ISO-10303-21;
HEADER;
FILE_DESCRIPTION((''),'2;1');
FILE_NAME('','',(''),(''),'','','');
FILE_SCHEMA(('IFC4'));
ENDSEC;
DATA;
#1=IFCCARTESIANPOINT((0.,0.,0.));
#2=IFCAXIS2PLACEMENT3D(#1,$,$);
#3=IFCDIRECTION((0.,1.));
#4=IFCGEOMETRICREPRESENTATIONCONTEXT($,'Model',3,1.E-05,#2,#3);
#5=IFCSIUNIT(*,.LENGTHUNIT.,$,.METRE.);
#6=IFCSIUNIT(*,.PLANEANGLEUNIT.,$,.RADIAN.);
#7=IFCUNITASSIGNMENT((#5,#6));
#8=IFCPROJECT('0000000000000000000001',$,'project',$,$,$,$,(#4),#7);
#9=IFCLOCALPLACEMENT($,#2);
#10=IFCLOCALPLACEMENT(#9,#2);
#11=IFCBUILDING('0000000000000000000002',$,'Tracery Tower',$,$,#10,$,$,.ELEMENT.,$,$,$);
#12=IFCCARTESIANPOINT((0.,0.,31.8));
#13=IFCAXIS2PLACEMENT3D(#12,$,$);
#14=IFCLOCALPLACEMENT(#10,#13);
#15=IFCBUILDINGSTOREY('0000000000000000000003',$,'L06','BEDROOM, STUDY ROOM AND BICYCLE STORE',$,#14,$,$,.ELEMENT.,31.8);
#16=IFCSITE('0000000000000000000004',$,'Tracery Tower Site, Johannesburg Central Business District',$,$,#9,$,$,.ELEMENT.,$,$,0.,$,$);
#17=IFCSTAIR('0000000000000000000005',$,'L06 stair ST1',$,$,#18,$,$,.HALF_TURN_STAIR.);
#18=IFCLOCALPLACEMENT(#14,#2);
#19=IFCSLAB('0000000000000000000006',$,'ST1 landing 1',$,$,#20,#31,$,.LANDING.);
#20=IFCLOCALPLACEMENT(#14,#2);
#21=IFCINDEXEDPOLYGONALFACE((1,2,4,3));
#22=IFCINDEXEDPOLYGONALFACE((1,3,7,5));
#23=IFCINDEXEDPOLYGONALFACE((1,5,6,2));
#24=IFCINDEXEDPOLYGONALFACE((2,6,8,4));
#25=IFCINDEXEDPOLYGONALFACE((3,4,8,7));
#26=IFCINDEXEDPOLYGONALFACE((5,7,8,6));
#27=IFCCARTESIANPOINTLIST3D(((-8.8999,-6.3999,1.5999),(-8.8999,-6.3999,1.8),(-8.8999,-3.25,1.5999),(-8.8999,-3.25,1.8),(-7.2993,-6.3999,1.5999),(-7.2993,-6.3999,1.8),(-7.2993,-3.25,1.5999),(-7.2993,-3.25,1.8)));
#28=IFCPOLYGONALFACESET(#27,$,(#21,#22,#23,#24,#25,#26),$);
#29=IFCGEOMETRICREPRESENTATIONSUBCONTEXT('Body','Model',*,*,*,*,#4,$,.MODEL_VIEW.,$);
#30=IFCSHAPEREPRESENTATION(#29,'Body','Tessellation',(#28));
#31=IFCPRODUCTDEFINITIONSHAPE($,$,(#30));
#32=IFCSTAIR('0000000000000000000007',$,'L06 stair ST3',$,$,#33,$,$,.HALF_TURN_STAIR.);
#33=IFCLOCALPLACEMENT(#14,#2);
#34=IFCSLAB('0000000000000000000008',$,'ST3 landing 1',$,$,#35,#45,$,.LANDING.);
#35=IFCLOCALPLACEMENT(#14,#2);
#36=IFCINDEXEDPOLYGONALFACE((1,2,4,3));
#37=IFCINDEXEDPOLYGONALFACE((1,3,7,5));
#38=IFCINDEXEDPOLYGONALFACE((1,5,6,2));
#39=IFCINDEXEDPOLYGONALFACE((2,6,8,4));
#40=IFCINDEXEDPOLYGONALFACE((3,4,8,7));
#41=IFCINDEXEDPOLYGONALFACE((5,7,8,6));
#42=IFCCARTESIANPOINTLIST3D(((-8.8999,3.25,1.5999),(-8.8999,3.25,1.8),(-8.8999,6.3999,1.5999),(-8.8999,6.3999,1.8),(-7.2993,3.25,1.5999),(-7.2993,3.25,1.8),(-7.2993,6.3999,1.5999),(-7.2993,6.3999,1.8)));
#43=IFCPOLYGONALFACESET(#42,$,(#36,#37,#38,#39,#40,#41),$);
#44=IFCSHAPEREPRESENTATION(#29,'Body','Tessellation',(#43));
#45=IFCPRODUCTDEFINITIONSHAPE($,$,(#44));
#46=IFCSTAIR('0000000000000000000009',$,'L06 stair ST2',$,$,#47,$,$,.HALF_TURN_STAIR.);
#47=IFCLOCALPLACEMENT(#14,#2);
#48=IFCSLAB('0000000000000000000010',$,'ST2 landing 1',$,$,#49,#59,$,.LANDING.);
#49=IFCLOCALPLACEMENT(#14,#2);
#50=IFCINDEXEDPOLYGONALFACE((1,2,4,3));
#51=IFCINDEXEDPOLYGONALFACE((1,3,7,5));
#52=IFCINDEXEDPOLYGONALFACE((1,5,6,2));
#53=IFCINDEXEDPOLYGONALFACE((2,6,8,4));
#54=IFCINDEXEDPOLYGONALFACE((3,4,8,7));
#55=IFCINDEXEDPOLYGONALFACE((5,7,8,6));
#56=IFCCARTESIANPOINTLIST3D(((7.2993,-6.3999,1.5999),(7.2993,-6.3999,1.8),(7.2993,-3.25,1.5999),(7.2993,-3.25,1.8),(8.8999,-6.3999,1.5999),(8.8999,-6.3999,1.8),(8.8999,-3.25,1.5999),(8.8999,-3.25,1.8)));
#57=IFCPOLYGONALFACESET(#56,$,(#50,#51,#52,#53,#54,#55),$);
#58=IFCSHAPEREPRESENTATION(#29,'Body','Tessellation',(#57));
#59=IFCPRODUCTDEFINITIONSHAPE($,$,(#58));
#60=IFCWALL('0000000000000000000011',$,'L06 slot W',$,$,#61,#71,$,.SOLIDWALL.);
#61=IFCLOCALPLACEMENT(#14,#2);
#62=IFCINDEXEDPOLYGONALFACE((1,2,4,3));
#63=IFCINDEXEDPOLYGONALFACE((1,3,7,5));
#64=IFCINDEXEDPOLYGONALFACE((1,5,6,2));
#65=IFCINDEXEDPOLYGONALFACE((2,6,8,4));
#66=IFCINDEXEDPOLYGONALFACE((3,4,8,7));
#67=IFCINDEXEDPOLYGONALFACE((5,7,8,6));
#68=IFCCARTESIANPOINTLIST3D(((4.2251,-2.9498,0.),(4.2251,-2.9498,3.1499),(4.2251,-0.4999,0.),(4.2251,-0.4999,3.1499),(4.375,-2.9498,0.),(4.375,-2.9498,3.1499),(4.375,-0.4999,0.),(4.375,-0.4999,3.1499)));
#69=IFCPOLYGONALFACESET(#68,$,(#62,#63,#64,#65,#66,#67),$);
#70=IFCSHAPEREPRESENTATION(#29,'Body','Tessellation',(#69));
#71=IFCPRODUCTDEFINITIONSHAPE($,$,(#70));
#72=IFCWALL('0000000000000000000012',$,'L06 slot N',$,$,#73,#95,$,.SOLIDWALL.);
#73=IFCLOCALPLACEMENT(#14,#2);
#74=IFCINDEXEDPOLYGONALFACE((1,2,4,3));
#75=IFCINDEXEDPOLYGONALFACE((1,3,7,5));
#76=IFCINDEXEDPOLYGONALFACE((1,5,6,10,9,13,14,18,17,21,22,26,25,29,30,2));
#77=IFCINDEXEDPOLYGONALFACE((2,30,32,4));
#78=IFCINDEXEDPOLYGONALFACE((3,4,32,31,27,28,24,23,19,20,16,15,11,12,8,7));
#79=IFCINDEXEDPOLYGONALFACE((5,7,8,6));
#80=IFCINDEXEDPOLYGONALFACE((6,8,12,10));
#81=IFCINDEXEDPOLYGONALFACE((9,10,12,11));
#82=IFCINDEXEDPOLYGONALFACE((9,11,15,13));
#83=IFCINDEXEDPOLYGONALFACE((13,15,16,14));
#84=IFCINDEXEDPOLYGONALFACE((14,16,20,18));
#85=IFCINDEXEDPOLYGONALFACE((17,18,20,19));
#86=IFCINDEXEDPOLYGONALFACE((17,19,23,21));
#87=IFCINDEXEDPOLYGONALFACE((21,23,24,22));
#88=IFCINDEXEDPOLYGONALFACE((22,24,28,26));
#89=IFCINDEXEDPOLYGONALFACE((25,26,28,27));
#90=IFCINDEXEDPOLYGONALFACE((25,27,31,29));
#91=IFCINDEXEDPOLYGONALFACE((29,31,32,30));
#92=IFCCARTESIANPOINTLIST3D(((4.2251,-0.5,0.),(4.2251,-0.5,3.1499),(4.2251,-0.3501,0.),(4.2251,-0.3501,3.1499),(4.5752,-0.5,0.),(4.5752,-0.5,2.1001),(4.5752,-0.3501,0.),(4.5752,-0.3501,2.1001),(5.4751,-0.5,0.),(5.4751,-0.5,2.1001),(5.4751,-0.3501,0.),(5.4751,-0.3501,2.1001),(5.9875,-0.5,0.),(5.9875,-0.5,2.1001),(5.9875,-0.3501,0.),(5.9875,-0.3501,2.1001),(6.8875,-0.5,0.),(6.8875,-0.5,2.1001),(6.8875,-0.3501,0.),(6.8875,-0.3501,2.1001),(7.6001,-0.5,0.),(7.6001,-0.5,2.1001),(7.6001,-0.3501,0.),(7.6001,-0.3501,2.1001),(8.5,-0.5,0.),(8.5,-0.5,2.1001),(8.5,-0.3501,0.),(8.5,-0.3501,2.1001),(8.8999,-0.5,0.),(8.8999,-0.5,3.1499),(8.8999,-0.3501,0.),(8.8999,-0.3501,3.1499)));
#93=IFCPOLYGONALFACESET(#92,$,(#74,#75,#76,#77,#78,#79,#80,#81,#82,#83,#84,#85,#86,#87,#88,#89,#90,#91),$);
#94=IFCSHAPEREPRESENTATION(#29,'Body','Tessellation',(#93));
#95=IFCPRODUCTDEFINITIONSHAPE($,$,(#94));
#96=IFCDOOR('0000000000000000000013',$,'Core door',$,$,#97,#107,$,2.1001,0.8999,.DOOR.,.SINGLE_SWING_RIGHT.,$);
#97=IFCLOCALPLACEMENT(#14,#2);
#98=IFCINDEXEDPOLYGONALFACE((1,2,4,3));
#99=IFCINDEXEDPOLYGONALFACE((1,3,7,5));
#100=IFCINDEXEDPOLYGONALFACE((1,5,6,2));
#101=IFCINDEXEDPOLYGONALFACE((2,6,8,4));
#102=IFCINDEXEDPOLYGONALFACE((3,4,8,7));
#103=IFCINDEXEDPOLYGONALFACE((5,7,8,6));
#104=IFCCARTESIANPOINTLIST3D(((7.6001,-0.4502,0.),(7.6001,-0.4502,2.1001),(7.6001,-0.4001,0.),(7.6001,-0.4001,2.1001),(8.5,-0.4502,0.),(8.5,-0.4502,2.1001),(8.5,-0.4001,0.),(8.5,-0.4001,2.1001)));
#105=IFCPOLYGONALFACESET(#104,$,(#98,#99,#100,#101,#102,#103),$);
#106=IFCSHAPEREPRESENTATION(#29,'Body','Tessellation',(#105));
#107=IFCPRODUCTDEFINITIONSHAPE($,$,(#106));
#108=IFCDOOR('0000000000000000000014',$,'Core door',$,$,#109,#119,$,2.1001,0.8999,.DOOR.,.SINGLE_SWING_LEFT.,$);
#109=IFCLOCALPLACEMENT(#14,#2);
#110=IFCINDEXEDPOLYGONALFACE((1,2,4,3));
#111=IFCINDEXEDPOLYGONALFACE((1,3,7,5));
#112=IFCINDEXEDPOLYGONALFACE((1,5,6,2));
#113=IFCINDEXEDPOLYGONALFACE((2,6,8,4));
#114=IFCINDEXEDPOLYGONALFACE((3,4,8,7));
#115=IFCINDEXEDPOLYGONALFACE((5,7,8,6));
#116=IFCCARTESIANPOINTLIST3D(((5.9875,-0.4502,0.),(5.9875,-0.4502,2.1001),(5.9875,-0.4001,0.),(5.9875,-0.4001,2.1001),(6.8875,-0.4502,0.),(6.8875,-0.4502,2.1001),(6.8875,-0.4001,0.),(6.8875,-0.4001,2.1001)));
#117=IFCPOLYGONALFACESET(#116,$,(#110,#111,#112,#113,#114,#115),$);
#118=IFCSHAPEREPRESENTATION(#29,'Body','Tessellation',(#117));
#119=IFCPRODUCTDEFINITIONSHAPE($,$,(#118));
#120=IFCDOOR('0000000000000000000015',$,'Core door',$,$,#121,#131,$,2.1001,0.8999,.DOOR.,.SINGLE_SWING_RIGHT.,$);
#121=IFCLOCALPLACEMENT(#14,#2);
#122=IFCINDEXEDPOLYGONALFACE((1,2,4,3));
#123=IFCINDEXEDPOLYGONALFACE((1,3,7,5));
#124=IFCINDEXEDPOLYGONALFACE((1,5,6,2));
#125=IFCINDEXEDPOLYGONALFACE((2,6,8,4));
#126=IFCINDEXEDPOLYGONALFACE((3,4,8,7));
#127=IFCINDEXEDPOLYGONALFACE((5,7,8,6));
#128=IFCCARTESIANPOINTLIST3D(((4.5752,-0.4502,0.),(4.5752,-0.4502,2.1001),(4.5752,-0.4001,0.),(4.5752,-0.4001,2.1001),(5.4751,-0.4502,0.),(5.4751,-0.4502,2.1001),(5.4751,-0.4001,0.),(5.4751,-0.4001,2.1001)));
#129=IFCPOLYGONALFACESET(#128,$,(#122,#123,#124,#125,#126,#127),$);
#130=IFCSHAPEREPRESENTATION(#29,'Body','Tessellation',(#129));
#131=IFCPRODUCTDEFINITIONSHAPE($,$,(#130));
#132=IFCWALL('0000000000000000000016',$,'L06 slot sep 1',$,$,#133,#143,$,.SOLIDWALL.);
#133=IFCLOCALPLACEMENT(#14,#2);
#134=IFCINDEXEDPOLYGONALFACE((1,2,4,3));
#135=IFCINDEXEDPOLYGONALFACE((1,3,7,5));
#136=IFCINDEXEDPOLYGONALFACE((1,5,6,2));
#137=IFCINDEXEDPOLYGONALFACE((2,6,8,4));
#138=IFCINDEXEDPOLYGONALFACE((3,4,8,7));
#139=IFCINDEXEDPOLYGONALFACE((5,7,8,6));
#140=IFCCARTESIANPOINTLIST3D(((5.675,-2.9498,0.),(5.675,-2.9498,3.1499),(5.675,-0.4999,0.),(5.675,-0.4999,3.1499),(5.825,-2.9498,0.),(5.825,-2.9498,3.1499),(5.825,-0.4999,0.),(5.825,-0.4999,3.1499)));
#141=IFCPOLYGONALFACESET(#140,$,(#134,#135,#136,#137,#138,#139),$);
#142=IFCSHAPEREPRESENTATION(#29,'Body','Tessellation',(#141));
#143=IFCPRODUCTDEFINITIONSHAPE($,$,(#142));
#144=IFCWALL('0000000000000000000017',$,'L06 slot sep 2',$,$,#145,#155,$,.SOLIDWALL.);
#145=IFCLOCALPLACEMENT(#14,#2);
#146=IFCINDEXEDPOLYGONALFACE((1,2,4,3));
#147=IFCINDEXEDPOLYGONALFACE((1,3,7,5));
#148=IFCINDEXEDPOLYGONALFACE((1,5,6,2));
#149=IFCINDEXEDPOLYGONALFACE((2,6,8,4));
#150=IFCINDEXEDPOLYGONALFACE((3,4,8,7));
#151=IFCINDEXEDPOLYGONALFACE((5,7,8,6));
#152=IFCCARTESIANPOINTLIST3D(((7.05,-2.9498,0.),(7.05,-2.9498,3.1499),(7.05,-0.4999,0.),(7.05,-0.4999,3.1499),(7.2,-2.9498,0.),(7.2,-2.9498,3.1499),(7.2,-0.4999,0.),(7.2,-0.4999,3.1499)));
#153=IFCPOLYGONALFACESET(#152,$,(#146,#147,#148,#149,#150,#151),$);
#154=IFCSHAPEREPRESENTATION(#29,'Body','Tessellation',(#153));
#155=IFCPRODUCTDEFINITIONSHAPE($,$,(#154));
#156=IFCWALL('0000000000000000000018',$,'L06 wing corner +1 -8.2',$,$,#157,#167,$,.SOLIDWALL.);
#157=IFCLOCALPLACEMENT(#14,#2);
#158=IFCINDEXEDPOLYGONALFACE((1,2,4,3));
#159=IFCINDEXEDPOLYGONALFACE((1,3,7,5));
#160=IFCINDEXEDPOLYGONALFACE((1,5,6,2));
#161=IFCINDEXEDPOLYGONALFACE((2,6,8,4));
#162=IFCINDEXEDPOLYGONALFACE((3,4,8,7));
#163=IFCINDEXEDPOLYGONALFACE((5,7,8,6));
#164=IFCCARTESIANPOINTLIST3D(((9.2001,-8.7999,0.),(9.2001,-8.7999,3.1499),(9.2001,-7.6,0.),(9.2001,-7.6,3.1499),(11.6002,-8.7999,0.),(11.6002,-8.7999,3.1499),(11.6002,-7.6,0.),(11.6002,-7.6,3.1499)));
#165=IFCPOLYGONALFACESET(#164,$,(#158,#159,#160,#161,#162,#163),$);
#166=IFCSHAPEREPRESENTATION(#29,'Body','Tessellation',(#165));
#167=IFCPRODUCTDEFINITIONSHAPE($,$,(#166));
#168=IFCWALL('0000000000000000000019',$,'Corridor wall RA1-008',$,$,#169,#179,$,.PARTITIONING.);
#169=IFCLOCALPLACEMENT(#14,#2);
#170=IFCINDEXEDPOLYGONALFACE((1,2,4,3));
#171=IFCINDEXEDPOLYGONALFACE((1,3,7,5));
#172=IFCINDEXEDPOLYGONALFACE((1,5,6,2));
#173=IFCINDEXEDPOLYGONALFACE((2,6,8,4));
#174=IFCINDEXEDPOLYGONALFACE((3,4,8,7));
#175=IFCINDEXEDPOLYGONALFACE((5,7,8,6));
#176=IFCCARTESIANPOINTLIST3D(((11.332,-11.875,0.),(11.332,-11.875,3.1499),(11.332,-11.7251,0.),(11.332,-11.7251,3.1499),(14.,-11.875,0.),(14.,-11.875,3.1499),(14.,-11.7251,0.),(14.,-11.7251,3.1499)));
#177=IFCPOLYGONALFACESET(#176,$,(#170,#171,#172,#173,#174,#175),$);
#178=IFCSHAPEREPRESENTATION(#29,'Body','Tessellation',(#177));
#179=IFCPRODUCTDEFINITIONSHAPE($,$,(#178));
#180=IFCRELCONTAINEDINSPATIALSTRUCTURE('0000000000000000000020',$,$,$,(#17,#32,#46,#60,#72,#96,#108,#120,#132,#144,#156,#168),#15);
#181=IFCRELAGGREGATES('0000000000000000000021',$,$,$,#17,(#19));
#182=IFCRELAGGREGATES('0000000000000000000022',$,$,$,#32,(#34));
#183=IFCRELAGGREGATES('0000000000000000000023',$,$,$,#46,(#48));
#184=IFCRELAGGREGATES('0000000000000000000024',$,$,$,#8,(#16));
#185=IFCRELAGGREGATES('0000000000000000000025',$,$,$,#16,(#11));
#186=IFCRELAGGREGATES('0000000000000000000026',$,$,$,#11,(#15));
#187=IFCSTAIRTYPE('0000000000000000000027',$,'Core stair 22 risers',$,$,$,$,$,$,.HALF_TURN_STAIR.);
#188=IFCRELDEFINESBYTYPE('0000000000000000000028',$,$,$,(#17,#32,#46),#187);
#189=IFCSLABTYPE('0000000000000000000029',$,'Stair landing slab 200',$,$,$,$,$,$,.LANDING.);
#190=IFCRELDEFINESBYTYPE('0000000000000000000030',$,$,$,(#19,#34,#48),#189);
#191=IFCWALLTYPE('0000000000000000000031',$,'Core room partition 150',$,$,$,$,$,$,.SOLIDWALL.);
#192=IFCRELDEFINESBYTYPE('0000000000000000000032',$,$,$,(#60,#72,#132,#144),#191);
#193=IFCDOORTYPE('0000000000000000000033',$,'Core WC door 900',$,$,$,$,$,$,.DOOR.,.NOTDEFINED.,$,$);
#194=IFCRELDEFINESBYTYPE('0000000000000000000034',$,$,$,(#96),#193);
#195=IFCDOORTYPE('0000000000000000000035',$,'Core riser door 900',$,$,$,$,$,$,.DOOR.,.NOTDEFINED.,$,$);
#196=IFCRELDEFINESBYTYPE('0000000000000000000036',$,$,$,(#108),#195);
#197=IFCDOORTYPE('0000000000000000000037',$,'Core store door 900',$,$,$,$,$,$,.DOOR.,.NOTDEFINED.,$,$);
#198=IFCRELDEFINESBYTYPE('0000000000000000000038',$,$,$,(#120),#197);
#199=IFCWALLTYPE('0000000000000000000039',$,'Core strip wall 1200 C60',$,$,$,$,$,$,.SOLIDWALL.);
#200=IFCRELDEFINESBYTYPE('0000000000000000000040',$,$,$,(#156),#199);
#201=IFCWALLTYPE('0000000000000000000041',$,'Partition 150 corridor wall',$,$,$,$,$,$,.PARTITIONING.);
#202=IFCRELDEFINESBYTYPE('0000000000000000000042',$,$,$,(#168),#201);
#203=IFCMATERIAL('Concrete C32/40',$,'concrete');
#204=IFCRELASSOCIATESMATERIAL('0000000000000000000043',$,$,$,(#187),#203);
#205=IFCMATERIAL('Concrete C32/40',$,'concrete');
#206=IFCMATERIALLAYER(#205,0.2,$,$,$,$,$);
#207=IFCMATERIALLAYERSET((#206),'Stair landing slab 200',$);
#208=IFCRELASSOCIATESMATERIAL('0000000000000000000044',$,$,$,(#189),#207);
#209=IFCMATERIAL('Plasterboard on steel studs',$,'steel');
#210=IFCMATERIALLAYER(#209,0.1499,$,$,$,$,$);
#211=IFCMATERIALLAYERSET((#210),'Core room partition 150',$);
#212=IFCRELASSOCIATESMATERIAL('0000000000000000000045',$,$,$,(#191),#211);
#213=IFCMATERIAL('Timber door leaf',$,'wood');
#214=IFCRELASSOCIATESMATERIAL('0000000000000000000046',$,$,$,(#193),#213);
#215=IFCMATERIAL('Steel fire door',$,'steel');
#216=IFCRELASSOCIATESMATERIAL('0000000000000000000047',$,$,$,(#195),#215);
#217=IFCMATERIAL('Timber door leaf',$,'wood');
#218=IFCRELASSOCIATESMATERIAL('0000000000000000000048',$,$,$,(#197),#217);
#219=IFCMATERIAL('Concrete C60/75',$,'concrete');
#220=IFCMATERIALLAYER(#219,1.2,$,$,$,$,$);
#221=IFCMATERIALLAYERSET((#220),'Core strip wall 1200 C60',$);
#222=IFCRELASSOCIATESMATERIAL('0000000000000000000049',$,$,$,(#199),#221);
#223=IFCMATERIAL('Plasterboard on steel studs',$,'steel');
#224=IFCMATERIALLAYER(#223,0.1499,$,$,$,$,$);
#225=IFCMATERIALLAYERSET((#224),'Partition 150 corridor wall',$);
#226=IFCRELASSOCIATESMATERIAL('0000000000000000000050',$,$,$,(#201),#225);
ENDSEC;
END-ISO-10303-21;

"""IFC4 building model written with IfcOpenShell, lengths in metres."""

from ifc_helpers import new_model, si_unit, direction, frame, frame_2d, origin, place, context, subcontext, project, spatial, polyline, rectangle, outline, extrude, material, layer, layer_set, type_object, element, fill, aggregate, save


model = new_model("IFC4")

# Units and contexts
model_context = context("Model", 3, precision=1e-05, world=origin(), true_north=direction((0.0, 1.0)))
body_context = subcontext(model_context, "Body", "Model", "MODEL_VIEW")
ifc_project = project(units=[si_unit("LENGTHUNIT", "METRE"), si_unit("PLANEANGLEUNIT", "RADIAN")], contexts=[model_context])

# Site, building, storey
site_placement = place(None, origin())
site = spatial("IfcSite", under=ifc_project, at=site_placement, Name="Tracery Tower Site, Johannesburg Central Business District", CompositionType="ELEMENT", RefElevation=0.0)
building_placement = place(site_placement, origin())
building = spatial("IfcBuilding", under=site, at=building_placement, Name="Tracery Tower", CompositionType="ELEMENT")
storey_placement = place(building_placement, frame((0.0, 0.0, 31.8)))
storey = spatial("IfcBuildingStorey", under=building, at=storey_placement, Name="L06", Description="BEDROOM, STUDY ROOM AND BICYCLE STORE", CompositionType="ELEMENT", Elevation=31.8)

# Stairs, slabs
ifc_material_1 = material(Name="Concrete C32/40", Category="concrete")
stair_type = type_object("IfcStairType", Name="Core stair 22 risers", PredefinedType="HALF_TURN_STAIR", material=ifc_material_1)
stair_1_placement = place(storey_placement, origin())
stair_1 = element("IfcStair", 1, at=stair_1_placement, inside=storey, type_object=stair_type, Name="L06 stair ST1", PredefinedType="HALF_TURN_STAIR")
ifc_material_2 = material(Name="Concrete C32/40", Category="concrete")
ifc_layer_1 = layer(ifc_material_2, 0.2)
ifc_layer_set_1 = layer_set([ifc_layer_1], Name="Stair landing slab 200")
slab_type_1 = type_object("IfcSlabType", Name="Stair landing slab 200", PredefinedType="LANDING", material=ifc_layer_set_1)
slab_1_placement = place(storey_placement, frame((0.0, 0.0, 1.5999)))
slab_1 = element("IfcSlab", 2, at=slab_1_placement, type_object=slab_type_1, Name="ST1 landing 1", PredefinedType="LANDING", context=body_context, shape_type="SweptSolid", body=[
    extrude(outline(polyline([(-7.2993, -3.25), (-8.8999, -3.25), (-8.8999, -6.3999), (-7.2993, -6.3999), (-7.2993, -3.25)])), origin(), (0.0, 0.0, 1.0), 0.2002),
])
aggregate(stair_1, [slab_1])
stair_2_placement = place(storey_placement, origin())
stair_2 = element("IfcStair", 3, at=stair_2_placement, inside=storey, type_object=stair_type, Name="L06 stair ST3", PredefinedType="HALF_TURN_STAIR")
slab_2_placement = place(storey_placement, frame((0.0, 0.0, 1.5999)))
slab_2 = element("IfcSlab", 4, at=slab_2_placement, type_object=slab_type_1, Name="ST3 landing 1", PredefinedType="LANDING", context=body_context, shape_type="SweptSolid", body=[
    extrude(outline(polyline([(-7.2993, 6.3999), (-8.8999, 6.3999), (-8.8999, 3.25), (-7.2993, 3.25), (-7.2993, 6.3999)])), origin(), (0.0, 0.0, 1.0), 0.2002),
])
aggregate(stair_2, [slab_2])
stair_3_placement = place(storey_placement, origin())
stair_3 = element("IfcStair", 5, at=stair_3_placement, inside=storey, type_object=stair_type, Name="L06 stair ST2", PredefinedType="HALF_TURN_STAIR")
slab_3_placement = place(storey_placement, frame((0.0, 0.0, 1.5999)))
slab_3 = element("IfcSlab", 6, at=slab_3_placement, type_object=slab_type_1, Name="ST2 landing 1", PredefinedType="LANDING", context=body_context, shape_type="SweptSolid", body=[
    extrude(outline(polyline([(7.2993, -6.3999), (8.8999, -6.3999), (8.8999, -3.25), (7.2993, -3.25), (7.2993, -6.3999)])), origin(), (0.0, 0.0, 1.0), 0.2002),
])

# Wall
ifc_material_3 = material(Name="Plasterboard on steel studs", Category="steel")
ifc_layer_2 = layer(ifc_material_3, 0.1499)
ifc_layer_set_2 = layer_set([ifc_layer_2], Name="Core room partition 150")
wall_type_1 = type_object("IfcWallType", Name="Core room partition 150", PredefinedType="SOLIDWALL", material=ifc_layer_set_2)
wall_1_placement = place(storey_placement, frame((4.3, -2.95, 0.0), z_axis=(0.0, 0.0, 1.0), x_axis=(0.0, 1.0, 0.0)))
element("IfcWall", 7, at=wall_1_placement, inside=storey, type_object=wall_type_1, Name="L06 slot W", PredefinedType="SOLIDWALL", context=body_context, shape_type="SweptSolid", body=[
    extrude(rectangle(XDim=2.45, YDim=0.1499, at=frame_2d((1.2251, 0.0))), origin(), (0.0, 0.0, 1.0), 3.1499),
])

# Wall, openings, doors
wall_2_placement = place(storey_placement, frame((4.2251, -0.425, 0.0), z_axis=(0.0, 0.0, 1.0), x_axis=(1.0, 0.0, 0.0)))
wall_2 = element("IfcWall", 8, at=wall_2_placement, inside=storey, type_object=wall_type_1, Name="L06 slot N", PredefinedType="SOLIDWALL", context=body_context, shape_type="SweptSolid", body=[
    extrude(rectangle(XDim=4.6748, YDim=0.1499, at=frame_2d((2.3374, 0.0))), origin(), (0.0, 0.0, 1.0), 3.1499),
])
opening_1_placement = place(wall_2_placement, frame((0.3501, 0.0, 0.0)))
opening_1 = element("IfcOpeningElement", 9, at=opening_1_placement, cuts=wall_2, PredefinedType="OPENING", context=body_context, shape_type="SweptSolid", body=[
    extrude(rectangle(XDim=0.8999, YDim=2.1001, at=frame_2d((0.45, 1.05))), frame((0.0, 0.075, 0.0), z_axis=(0.0, -1.0, 0.0), x_axis=(1.0, 0.0, 0.0)), (0.0, 0.0, 1.0), 0.1499),
])
opening_2_placement = place(wall_2_placement, frame((1.7625, 0.0, 0.0)))
opening_2 = element("IfcOpeningElement", 10, at=opening_2_placement, cuts=wall_2, PredefinedType="OPENING", context=body_context, shape_type="SweptSolid", body=[
    extrude(rectangle(XDim=0.8999, YDim=2.1001, at=frame_2d((0.45, 1.05))), frame((0.0, 0.075, 0.0), z_axis=(0.0, -1.0, 0.0), x_axis=(1.0, 0.0, 0.0)), (0.0, 0.0, 1.0), 0.1499),
])
opening_3_placement = place(wall_2_placement, frame((3.375, 0.0, 0.0)))
opening_3 = element("IfcOpeningElement", 11, at=opening_3_placement, cuts=wall_2, PredefinedType="OPENING", context=body_context, shape_type="SweptSolid", body=[
    extrude(rectangle(XDim=0.8999, YDim=2.1001, at=frame_2d((0.45, 1.05))), frame((0.0, 0.075, 0.0), z_axis=(0.0, -1.0, 0.0), x_axis=(1.0, 0.0, 0.0)), (0.0, 0.0, 1.0), 0.1499),
])
ifc_material_4 = material(Name="Timber door leaf", Category="wood")
door_type_1 = type_object("IfcDoorType", Name="Core WC door 900", OperationType="NOTDEFINED", PredefinedType="DOOR", material=ifc_material_4)
door_1_placement = place(opening_3_placement, origin())
door_1 = element("IfcDoor", 12, at=door_1_placement, inside=storey, type_object=door_type_1, Name="Core door", OperationType="SINGLE_SWING_RIGHT", OverallHeight=2.1001, OverallWidth=0.8999, PredefinedType="DOOR", context=body_context, shape_type="SweptSolid", body=[
    extrude(rectangle(XDim=0.8999, YDim=2.1001, at=frame_2d((0.45, 1.05))), frame((0.0, 0.0249, 0.0), z_axis=(0.0, -1.0, 0.0), x_axis=(1.0, 0.0, 0.0)), (0.0, 0.0, 1.0), 0.05),
])
fill(opening_3, door_1)
ifc_material_5 = material(Name="Steel fire door", Category="steel")
door_type_2 = type_object("IfcDoorType", Name="Core riser door 900", OperationType="NOTDEFINED", PredefinedType="DOOR", material=ifc_material_5)
door_2_placement = place(opening_2_placement, origin())
door_2 = element("IfcDoor", 13, at=door_2_placement, inside=storey, type_object=door_type_2, Name="Core door", OperationType="SINGLE_SWING_LEFT", OverallHeight=2.1001, OverallWidth=0.8999, PredefinedType="DOOR", context=body_context, shape_type="SweptSolid", body=[
    extrude(rectangle(XDim=0.8999, YDim=2.1001, at=frame_2d((0.45, 1.05))), frame((0.0, 0.0249, 0.0), z_axis=(0.0, -1.0, 0.0), x_axis=(1.0, 0.0, 0.0)), (0.0, 0.0, 1.0), 0.05),
])
fill(opening_2, door_2)
ifc_material_6 = material(Name="Timber door leaf", Category="wood")
door_type_3 = type_object("IfcDoorType", Name="Core store door 900", OperationType="NOTDEFINED", PredefinedType="DOOR", material=ifc_material_6)
door_3_placement = place(opening_1_placement, origin())
door_3 = element("IfcDoor", 14, at=door_3_placement, inside=storey, type_object=door_type_3, Name="Core door", OperationType="SINGLE_SWING_RIGHT", OverallHeight=2.1001, OverallWidth=0.8999, PredefinedType="DOOR", context=body_context, shape_type="SweptSolid", body=[
    extrude(rectangle(XDim=0.8999, YDim=2.1001, at=frame_2d((0.45, 1.05))), frame((0.0, 0.0249, 0.0), z_axis=(0.0, -1.0, 0.0), x_axis=(1.0, 0.0, 0.0)), (0.0, 0.0, 1.0), 0.05),
])
fill(opening_1, door_3)

# Walls
for number, where, z_axis, x_axis, name in (
    (15, (5.75, -2.95, 0.0), (0.0, 0.0, 1.0), (0.0, 1.0, 0.0), "L06 slot sep 1"),
    (16, (7.125, -2.95, 0.0), (0.0, 0.0, 1.0), (0.0, 1.0, 0.0), "L06 slot sep 2"),
):
    element("IfcWall", number, at=place(storey_placement, frame(where, z_axis=z_axis, x_axis=x_axis)), inside=storey, type_object=wall_type_1, Name=name, PredefinedType="SOLIDWALL", context=body_context, shape_type="SweptSolid", body=[
        extrude(rectangle(XDim=2.45, YDim=0.1499, at=frame_2d((1.2251, 0.0))), origin(), (0.0, 0.0, 1.0), 3.1499),
    ])
ifc_material_7 = material(Name="Concrete C60/75", Category="concrete")
ifc_layer_3 = layer(ifc_material_7, 1.2)
ifc_layer_set_3 = layer_set([ifc_layer_3], Name="Core strip wall 1200 C60")
wall_type_2 = type_object("IfcWallType", Name="Core strip wall 1200 C60", PredefinedType="SOLIDWALL", material=ifc_layer_set_3)
wall_3_placement = place(storey_placement, frame((9.2, -8.2, 0.0), z_axis=(0.0, 0.0, 1.0), x_axis=(1.0, 0.0, 0.0)))
element("IfcWall", 17, at=wall_3_placement, inside=storey, type_object=wall_type_2, Name="L06 wing corner +1 -8.2", PredefinedType="SOLIDWALL", context=body_context, shape_type="SweptSolid", body=[
    extrude(rectangle(XDim=2.4001, YDim=1.2, at=frame_2d((1.2002, 0.0))), origin(), (0.0, 0.0, 1.0), 3.1499),
])
ifc_material_8 = material(Name="Plasterboard on steel studs", Category="steel")
ifc_layer_4 = layer(ifc_material_8, 0.1499)
ifc_layer_set_4 = layer_set([ifc_layer_4], Name="Partition 150 corridor wall")
wall_type_3 = type_object("IfcWallType", Name="Partition 150 corridor wall", PredefinedType="PARTITIONING", material=ifc_layer_set_4)
wall_4_placement = place(storey_placement, frame((11.332, -11.8, 0.0), z_axis=(0.0, 0.0, 1.0), x_axis=(1.0, 0.0, 0.0)))
element("IfcWall", 18, at=wall_4_placement, inside=storey, type_object=wall_type_3, Name="Corridor wall RA1-008", PredefinedType="PARTITIONING", context=body_context, shape_type="SweptSolid", body=[
    extrude(rectangle(XDim=2.668, YDim=0.1499, at=frame_2d((1.334, 0.0))), origin(), (0.0, 0.0, 1.0), 3.1499),
])

aggregate(stair_3, [slab_3])

save(model, "model.ifc")
